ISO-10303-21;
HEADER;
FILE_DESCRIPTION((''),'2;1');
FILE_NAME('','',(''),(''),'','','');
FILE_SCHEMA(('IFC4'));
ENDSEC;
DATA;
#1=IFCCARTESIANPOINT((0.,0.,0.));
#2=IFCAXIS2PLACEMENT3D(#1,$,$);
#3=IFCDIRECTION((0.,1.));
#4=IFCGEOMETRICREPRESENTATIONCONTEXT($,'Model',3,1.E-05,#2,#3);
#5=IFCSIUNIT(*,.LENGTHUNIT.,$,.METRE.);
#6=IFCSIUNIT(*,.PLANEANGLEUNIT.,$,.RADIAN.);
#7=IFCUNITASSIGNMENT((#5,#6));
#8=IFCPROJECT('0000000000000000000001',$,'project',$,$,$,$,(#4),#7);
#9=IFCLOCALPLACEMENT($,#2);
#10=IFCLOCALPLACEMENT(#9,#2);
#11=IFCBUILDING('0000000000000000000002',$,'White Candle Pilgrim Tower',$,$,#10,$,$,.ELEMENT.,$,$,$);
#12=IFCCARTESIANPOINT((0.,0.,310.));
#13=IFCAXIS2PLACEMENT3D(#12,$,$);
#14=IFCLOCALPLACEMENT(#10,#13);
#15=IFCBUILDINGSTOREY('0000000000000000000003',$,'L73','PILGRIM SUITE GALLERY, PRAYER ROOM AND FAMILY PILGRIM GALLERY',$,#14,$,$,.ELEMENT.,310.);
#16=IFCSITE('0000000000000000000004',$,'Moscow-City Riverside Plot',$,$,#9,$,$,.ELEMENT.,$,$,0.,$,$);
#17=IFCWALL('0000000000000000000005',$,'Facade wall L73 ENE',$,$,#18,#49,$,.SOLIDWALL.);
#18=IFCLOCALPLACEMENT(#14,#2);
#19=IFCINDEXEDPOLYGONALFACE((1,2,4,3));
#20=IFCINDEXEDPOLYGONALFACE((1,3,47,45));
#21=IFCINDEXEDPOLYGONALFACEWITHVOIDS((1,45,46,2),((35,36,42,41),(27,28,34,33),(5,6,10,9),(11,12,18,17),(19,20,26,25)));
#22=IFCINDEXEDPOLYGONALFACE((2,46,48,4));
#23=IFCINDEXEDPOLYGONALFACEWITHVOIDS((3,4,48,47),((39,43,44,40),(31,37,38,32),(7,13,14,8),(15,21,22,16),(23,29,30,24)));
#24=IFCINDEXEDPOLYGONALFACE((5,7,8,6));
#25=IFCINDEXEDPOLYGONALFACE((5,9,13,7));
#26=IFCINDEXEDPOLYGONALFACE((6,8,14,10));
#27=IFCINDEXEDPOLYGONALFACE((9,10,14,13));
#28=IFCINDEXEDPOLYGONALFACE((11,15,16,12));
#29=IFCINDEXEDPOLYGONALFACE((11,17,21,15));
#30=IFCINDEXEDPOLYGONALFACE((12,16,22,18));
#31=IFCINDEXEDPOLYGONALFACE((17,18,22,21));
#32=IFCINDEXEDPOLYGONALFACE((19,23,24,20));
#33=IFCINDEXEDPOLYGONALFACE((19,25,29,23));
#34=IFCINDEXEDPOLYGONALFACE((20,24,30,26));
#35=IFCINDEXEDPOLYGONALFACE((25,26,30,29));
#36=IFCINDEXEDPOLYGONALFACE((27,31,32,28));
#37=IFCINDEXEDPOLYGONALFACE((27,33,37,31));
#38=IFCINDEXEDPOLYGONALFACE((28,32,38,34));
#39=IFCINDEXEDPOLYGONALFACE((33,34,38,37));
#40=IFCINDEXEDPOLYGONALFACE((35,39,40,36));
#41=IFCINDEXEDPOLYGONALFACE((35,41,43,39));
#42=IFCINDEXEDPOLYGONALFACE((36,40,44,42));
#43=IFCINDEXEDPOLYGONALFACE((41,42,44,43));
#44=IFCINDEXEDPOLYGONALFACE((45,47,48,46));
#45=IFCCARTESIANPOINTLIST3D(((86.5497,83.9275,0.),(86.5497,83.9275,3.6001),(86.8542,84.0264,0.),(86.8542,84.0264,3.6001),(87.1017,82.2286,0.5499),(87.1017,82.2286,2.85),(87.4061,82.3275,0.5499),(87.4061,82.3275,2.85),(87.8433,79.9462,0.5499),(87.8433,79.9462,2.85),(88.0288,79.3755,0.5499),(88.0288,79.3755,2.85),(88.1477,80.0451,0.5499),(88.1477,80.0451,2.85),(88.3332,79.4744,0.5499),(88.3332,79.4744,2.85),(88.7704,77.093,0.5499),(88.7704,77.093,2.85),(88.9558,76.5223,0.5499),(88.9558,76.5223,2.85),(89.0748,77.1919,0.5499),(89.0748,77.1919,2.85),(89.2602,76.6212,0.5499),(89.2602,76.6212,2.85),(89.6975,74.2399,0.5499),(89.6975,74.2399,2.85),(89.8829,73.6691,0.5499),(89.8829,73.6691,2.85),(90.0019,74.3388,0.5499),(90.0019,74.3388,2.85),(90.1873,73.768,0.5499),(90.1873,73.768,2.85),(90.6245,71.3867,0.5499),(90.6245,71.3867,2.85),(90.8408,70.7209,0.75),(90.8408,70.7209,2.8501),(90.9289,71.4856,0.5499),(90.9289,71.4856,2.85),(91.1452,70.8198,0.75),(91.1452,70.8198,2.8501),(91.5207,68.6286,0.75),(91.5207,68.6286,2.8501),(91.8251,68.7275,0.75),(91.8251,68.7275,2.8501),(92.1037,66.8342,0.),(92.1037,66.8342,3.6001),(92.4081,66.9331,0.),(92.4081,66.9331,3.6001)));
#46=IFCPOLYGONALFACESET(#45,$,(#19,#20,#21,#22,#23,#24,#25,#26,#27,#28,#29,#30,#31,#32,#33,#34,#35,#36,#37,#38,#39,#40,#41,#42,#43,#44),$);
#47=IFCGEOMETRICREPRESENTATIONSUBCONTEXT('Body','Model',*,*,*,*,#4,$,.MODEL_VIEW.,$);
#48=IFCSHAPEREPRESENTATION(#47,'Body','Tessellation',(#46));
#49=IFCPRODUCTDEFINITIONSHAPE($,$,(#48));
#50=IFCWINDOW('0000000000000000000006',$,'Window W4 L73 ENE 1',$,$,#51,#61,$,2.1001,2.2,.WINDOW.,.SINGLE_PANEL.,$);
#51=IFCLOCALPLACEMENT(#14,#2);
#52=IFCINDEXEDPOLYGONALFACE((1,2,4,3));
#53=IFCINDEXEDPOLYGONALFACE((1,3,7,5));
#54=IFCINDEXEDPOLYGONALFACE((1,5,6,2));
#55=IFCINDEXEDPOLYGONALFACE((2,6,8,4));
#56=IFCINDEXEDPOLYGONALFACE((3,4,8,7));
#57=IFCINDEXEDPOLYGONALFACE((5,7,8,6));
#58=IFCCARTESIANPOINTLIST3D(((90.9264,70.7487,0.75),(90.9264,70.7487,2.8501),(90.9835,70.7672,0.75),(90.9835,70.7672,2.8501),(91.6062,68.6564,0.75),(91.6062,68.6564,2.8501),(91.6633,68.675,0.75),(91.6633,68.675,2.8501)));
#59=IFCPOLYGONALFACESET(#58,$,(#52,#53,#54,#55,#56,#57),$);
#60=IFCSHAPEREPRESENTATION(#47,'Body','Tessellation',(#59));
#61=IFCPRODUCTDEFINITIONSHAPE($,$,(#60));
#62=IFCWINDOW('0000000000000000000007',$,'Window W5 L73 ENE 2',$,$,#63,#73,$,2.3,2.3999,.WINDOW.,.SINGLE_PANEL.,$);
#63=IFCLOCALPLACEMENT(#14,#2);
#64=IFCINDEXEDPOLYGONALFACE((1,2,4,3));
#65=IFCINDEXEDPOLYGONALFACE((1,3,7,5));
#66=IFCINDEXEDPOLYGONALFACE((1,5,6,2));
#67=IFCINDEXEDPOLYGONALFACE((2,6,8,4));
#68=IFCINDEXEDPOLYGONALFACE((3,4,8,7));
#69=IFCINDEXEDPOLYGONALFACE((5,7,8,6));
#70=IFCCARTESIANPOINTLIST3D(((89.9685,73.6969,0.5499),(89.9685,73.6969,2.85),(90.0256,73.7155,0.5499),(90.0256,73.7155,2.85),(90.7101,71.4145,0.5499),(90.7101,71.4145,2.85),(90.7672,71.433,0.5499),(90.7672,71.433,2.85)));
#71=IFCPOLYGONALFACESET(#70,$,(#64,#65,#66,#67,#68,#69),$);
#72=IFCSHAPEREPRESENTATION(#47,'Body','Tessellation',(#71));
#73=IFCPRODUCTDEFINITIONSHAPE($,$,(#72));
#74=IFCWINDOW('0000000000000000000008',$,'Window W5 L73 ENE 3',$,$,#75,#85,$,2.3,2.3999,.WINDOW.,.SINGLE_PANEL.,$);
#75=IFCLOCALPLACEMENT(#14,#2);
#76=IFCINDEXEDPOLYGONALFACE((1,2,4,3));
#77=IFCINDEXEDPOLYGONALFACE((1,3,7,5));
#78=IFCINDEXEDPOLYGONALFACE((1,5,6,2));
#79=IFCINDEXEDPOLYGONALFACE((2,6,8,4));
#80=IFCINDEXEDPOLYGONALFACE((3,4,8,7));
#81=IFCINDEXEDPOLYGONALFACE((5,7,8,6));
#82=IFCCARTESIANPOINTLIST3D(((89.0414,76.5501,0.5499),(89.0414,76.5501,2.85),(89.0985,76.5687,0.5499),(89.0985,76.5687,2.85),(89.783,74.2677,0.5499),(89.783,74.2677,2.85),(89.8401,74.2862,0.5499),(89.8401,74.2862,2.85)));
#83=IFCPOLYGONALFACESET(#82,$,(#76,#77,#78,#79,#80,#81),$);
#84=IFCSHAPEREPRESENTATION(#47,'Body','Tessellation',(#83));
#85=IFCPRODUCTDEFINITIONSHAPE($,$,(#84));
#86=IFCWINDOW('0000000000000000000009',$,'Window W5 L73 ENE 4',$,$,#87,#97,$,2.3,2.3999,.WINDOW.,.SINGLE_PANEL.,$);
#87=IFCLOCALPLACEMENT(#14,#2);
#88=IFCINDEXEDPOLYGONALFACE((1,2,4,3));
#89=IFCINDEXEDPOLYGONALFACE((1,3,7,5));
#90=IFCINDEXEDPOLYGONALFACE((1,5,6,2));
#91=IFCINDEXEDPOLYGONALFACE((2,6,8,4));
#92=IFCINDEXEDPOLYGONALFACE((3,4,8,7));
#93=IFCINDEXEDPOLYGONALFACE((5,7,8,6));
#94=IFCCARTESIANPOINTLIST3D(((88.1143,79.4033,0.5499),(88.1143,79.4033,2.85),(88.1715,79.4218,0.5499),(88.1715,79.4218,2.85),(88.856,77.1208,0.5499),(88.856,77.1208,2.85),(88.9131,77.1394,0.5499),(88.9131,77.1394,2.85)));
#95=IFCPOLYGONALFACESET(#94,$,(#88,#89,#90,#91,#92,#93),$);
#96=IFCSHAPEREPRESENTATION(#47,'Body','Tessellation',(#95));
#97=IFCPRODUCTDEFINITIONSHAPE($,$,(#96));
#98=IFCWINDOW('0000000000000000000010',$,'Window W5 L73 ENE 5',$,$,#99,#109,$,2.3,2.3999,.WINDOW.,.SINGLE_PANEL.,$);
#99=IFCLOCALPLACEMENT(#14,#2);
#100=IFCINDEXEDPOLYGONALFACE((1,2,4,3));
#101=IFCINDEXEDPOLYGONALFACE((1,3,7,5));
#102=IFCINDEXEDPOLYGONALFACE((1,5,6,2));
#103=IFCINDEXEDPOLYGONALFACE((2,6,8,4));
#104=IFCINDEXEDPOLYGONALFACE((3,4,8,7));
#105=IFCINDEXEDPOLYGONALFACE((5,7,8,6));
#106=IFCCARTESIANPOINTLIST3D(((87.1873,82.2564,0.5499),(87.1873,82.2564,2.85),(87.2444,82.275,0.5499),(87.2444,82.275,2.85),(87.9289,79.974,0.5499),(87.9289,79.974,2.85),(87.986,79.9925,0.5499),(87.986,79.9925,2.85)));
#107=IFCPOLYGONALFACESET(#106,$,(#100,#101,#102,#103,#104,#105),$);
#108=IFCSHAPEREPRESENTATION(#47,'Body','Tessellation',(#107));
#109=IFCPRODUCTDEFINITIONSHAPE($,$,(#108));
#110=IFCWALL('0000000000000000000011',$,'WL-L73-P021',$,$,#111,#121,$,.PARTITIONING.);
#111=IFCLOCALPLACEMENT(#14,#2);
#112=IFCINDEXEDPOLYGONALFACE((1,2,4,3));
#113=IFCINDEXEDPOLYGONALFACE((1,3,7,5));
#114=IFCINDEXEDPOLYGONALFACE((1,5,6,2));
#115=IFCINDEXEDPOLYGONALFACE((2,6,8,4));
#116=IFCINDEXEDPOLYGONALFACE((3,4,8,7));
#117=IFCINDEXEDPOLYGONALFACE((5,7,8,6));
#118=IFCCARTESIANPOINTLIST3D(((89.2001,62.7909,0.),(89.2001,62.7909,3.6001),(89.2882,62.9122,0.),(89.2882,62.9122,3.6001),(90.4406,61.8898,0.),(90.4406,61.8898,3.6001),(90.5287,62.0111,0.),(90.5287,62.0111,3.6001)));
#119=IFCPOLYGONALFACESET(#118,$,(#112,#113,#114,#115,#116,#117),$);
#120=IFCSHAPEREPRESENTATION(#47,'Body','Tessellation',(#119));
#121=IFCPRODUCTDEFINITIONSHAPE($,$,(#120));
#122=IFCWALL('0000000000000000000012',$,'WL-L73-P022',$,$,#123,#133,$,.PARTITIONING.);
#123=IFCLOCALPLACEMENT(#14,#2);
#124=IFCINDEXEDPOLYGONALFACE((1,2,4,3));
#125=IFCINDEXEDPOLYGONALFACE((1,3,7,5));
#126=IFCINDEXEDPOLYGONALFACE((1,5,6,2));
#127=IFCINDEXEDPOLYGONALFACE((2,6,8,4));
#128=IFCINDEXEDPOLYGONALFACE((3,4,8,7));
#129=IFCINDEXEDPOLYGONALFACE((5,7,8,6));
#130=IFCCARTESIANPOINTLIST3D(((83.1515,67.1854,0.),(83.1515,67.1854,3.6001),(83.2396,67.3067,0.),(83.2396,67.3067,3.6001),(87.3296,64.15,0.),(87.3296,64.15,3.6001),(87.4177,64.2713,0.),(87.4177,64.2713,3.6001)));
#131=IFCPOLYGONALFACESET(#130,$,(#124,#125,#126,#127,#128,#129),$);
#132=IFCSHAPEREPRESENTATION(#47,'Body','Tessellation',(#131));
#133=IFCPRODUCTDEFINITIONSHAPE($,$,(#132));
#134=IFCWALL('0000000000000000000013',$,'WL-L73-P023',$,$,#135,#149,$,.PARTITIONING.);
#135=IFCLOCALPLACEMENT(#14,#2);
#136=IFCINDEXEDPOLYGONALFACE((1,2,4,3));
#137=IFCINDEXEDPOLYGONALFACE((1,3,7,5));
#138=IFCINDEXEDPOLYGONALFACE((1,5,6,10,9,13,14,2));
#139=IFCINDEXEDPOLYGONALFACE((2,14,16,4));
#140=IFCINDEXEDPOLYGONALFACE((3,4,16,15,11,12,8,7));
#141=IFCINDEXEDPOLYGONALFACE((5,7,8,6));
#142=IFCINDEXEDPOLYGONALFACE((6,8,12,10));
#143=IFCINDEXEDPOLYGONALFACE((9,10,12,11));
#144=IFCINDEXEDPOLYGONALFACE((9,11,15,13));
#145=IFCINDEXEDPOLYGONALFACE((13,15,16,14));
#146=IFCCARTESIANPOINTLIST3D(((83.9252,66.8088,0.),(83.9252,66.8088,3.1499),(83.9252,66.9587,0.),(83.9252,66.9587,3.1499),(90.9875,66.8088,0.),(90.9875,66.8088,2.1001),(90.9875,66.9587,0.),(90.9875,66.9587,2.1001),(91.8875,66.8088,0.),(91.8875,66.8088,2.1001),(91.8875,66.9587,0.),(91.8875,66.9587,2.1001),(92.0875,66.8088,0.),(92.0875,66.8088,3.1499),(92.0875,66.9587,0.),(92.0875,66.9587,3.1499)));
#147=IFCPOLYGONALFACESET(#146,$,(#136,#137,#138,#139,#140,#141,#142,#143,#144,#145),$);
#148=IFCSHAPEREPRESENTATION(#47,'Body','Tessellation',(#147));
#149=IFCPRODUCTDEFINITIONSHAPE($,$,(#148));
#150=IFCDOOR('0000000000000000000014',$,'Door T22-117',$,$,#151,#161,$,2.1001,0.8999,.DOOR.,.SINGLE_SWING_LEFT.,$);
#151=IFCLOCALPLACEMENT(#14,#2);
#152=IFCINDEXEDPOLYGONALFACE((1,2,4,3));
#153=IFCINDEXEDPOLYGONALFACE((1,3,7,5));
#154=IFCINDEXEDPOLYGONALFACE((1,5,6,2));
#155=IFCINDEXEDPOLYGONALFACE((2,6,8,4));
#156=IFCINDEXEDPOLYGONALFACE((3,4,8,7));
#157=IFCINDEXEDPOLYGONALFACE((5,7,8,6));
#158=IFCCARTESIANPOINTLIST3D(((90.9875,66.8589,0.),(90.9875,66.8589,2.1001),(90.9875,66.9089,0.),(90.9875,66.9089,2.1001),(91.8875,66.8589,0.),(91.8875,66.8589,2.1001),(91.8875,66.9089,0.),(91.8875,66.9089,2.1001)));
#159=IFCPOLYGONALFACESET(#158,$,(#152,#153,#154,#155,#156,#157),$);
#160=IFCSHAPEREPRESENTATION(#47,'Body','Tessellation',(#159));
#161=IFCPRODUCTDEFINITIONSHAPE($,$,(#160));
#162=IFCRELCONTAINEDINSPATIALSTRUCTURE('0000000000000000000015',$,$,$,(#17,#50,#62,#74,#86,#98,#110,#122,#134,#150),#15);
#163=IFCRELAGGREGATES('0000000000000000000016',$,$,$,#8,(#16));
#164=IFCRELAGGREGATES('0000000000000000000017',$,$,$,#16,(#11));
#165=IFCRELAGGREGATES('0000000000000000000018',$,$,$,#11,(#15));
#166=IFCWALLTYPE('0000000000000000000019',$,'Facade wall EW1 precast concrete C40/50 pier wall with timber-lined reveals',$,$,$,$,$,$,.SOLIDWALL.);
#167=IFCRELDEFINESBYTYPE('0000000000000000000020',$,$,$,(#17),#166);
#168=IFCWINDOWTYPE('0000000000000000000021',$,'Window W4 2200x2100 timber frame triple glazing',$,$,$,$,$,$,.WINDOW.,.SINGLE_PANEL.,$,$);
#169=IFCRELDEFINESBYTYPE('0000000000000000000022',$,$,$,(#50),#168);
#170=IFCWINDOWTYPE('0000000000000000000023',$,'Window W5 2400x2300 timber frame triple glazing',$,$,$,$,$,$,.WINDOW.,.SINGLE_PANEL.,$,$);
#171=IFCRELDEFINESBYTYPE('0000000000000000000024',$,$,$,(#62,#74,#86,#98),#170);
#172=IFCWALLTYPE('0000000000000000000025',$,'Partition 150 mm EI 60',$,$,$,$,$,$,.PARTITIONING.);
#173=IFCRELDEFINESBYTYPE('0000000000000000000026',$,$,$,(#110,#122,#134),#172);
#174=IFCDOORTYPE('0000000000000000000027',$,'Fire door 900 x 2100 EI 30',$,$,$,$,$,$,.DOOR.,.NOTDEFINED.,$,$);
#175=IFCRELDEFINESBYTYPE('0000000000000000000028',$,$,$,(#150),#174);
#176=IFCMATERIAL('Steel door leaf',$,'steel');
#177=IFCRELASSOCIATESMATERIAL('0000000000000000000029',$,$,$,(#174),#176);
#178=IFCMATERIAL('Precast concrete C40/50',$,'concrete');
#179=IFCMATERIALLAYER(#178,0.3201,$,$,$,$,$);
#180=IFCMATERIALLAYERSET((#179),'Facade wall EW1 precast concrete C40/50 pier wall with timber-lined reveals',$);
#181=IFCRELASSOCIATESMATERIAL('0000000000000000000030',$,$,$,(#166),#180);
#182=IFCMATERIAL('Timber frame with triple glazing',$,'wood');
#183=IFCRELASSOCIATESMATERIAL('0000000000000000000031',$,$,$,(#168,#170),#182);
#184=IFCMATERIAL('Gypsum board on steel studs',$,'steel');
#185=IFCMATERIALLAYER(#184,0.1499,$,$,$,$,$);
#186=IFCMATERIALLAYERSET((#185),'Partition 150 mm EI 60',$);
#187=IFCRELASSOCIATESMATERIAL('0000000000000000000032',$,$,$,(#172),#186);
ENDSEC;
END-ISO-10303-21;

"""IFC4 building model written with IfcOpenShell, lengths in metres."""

from ifc_helpers import new_model, si_unit, direction, frame, frame_2d, origin, place, context, subcontext, project, spatial, rectangle, extrude, material, layer, layer_set, type_object, element, fill, save


model = new_model("IFC4")

# Units and contexts
model_context = context("Model", 3, precision=1e-05, world=origin(), true_north=direction((0.0, 1.0)))
body_context = subcontext(model_context, "Body", "Model", "MODEL_VIEW")
ifc_project = project(units=[si_unit("LENGTHUNIT", "METRE"), si_unit("PLANEANGLEUNIT", "RADIAN")], contexts=[model_context])

# Site, building, storey
site_placement = place(None, origin())
site = spatial("IfcSite", under=ifc_project, at=site_placement, Name="Moscow-City Riverside Plot", CompositionType="ELEMENT", RefElevation=0.0)
building_placement = place(site_placement, origin())
building = spatial("IfcBuilding", under=site, at=building_placement, Name="White Candle Pilgrim Tower", CompositionType="ELEMENT")
storey_placement = place(building_placement, frame((0.0, 0.0, 310.0)))
storey = spatial("IfcBuildingStorey", under=building, at=storey_placement, Name="L73", Description="PILGRIM SUITE GALLERY, PRAYER ROOM AND FAMILY PILGRIM GALLERY", CompositionType="ELEMENT", Elevation=310.0)

# Shared definitions
ifc_material_1 = material(Name="Gypsum board on steel studs", Category="steel")
ifc_material_2 = material(Name="Steel door leaf", Category="steel")
door_type = type_object("IfcDoorType", Name="Fire door 900 x 2100 EI 30", OperationType="NOTDEFINED", PredefinedType="DOOR", material=ifc_material_2)

# Shared definitions
ifc_material_3 = material(Name="Precast concrete C40/50", Category="concrete")
ifc_layer_1 = layer(ifc_material_3, 0.3201)
ifc_layer_set_1 = layer_set([ifc_layer_1], Name="Facade wall EW1 precast concrete C40/50 pier wall with timber-lined reveals")
wall_type_1 = type_object("IfcWallType", Name="Facade wall EW1 precast concrete C40/50 pier wall with timber-lined reveals", PredefinedType="SOLIDWALL", material=ifc_layer_set_1)

# Wall, openings, windows
wall_1_placement = place(storey_placement, frame((92.2559, 66.8838, 0.0), z_axis=(0.0, 0.0, 1.0), x_axis=(-0.309018, 0.951056, 0.0)))
wall_1 = element("IfcWall", 1, at=wall_1_placement, inside=storey, type_object=wall_type_1, Name="Facade wall L73 ENE", PredefinedType="SOLIDWALL", context=body_context, shape_type="SweptSolid", body=[
    extrude(rectangle(XDim=17.9729, YDim=0.3201, at=frame_2d((8.9863, 0.0))), origin(), (0.0, 0.0, 1.0), 3.6001),
])
opening_1_placement = place(wall_1_placement, frame((1.8865, 0.0, 0.75)))
opening_1 = element("IfcOpeningElement", 2, at=opening_1_placement, cuts=wall_1, PredefinedType="OPENING", context=body_context, shape_type="SweptSolid", body=[
    extrude(rectangle(XDim=2.2, YDim=2.1001, at=frame_2d((1.1001, 1.05))), frame((0.0, 0.1699, 0.0), z_axis=(0.0, -1.0, 0.0), x_axis=(1.0, 0.0, 0.0)), (0.0, 0.0, 1.0), 0.3401),
])
opening_2_placement = place(wall_1_placement, frame((4.7866, 0.0, 0.55)))
opening_2 = element("IfcOpeningElement", 3, at=opening_2_placement, cuts=wall_1, PredefinedType="OPENING", context=body_context, shape_type="SweptSolid", body=[
    extrude(rectangle(XDim=2.3999, YDim=2.3, at=frame_2d((1.2, 1.1499))), frame((0.0, 0.1699, 0.0), z_axis=(0.0, -1.0, 0.0), x_axis=(1.0, 0.0, 0.0)), (0.0, 0.0, 1.0), 0.3401),
])
opening_3_placement = place(wall_1_placement, frame((7.7866, 0.0, 0.55)))
opening_3 = element("IfcOpeningElement", 4, at=opening_3_placement, cuts=wall_1, PredefinedType="OPENING", context=body_context, shape_type="SweptSolid", body=[
    extrude(rectangle(XDim=2.3999, YDim=2.3, at=frame_2d((1.2, 1.1499))), frame((0.0, 0.1699, 0.0), z_axis=(0.0, -1.0, 0.0), x_axis=(1.0, 0.0, 0.0)), (0.0, 0.0, 1.0), 0.3401),
])
opening_4_placement = place(wall_1_placement, frame((10.7866, 0.0, 0.55)))
opening_4 = element("IfcOpeningElement", 5, at=opening_4_placement, cuts=wall_1, PredefinedType="OPENING", context=body_context, shape_type="SweptSolid", body=[
    extrude(rectangle(XDim=2.3999, YDim=2.3, at=frame_2d((1.2, 1.1499))), frame((0.0, 0.1699, 0.0), z_axis=(0.0, -1.0, 0.0), x_axis=(1.0, 0.0, 0.0)), (0.0, 0.0, 1.0), 0.3401),
])
opening_5_placement = place(wall_1_placement, frame((13.7866, 0.0, 0.55)))
opening_5 = element("IfcOpeningElement", 6, at=opening_5_placement, cuts=wall_1, PredefinedType="OPENING", context=body_context, shape_type="SweptSolid", body=[
    extrude(rectangle(XDim=2.3999, YDim=2.3, at=frame_2d((1.2, 1.1499))), frame((0.0, 0.1699, 0.0), z_axis=(0.0, -1.0, 0.0), x_axis=(1.0, 0.0, 0.0)), (0.0, 0.0, 1.0), 0.3401),
])
ifc_material_4 = material(Name="Timber frame with triple glazing", Category="wood")
window_type_1 = type_object("IfcWindowType", Name="Window W4 2200x2100 timber frame triple glazing", PartitioningType="SINGLE_PANEL", PredefinedType="WINDOW", material=ifc_material_4)
window_1_placement = place(opening_1_placement, origin())
window_1 = element("IfcWindow", 7, at=window_1_placement, inside=storey, type_object=window_type_1, Name="Window W4 L73 ENE 1", OverallHeight=2.1001, OverallWidth=2.2, PartitioningType="SINGLE_PANEL", PredefinedType="WINDOW", context=body_context, shape_type="SweptSolid", body=[
    extrude(rectangle(XDim=2.2, YDim=2.1001, at=frame_2d((1.1001, 1.05))), frame((0.0, 0.0701, 0.0), z_axis=(0.0, -1.0, 0.0), x_axis=(1.0, 0.0, 0.0)), (0.0, 0.0, 1.0), 0.0601),
])
fill(opening_1, window_1)
window_type_2 = type_object("IfcWindowType", Name="Window W5 2400x2300 timber frame triple glazing", PartitioningType="SINGLE_PANEL", PredefinedType="WINDOW", material=ifc_material_4)
window_2_placement = place(opening_2_placement, origin())
window_2 = element("IfcWindow", 8, at=window_2_placement, inside=storey, type_object=window_type_2, Name="Window W5 L73 ENE 2", OverallHeight=2.3, OverallWidth=2.3999, PartitioningType="SINGLE_PANEL", PredefinedType="WINDOW", context=body_context, shape_type="SweptSolid", body=[
    extrude(rectangle(XDim=2.3999, YDim=2.3, at=frame_2d((1.2, 1.1499))), frame((0.0, 0.0701, 0.0), z_axis=(0.0, -1.0, 0.0), x_axis=(1.0, 0.0, 0.0)), (0.0, 0.0, 1.0), 0.0601),
])
fill(opening_2, window_2)
window_3_placement = place(opening_3_placement, origin())
window_3 = element("IfcWindow", 9, at=window_3_placement, inside=storey, type_object=window_type_2, Name="Window W5 L73 ENE 3", OverallHeight=2.3, OverallWidth=2.3999, PartitioningType="SINGLE_PANEL", PredefinedType="WINDOW", context=body_context, shape_type="SweptSolid", body=[
    extrude(rectangle(XDim=2.3999, YDim=2.3, at=frame_2d((1.2, 1.1499))), frame((0.0, 0.0701, 0.0), z_axis=(0.0, -1.0, 0.0), x_axis=(1.0, 0.0, 0.0)), (0.0, 0.0, 1.0), 0.0601),
])
fill(opening_3, window_3)
window_4_placement = place(opening_4_placement, origin())
window_4 = element("IfcWindow", 10, at=window_4_placement, inside=storey, type_object=window_type_2, Name="Window W5 L73 ENE 4", OverallHeight=2.3, OverallWidth=2.3999, PartitioningType="SINGLE_PANEL", PredefinedType="WINDOW", context=body_context, shape_type="SweptSolid", body=[
    extrude(rectangle(XDim=2.3999, YDim=2.3, at=frame_2d((1.2, 1.1499))), frame((0.0, 0.0701, 0.0), z_axis=(0.0, -1.0, 0.0), x_axis=(1.0, 0.0, 0.0)), (0.0, 0.0, 1.0), 0.0601),
])
fill(opening_4, window_4)
window_5_placement = place(opening_5_placement, origin())
window_5 = element("IfcWindow", 11, at=window_5_placement, inside=storey, type_object=window_type_2, Name="Window W5 L73 ENE 5", OverallHeight=2.3, OverallWidth=2.3999, PartitioningType="SINGLE_PANEL", PredefinedType="WINDOW", context=body_context, shape_type="SweptSolid", body=[
    extrude(rectangle(XDim=2.3999, YDim=2.3, at=frame_2d((1.2, 1.1499))), frame((0.0, 0.0701, 0.0), z_axis=(0.0, -1.0, 0.0), x_axis=(1.0, 0.0, 0.0)), (0.0, 0.0, 1.0), 0.0601),
])
fill(opening_5, window_5)

# Walls
ifc_layer_2 = layer(ifc_material_1, 0.1499)
ifc_layer_set_2 = layer_set([ifc_layer_2], Name="Partition 150 mm EI 60")
wall_type_2 = type_object("IfcWallType", Name="Partition 150 mm EI 60", PredefinedType="PARTITIONING", material=ifc_layer_set_2)
wall_2_placement = place(storey_placement, frame((90.4846, 61.9504, 0.0), z_axis=(0.0, 0.0, 1.0), x_axis=(-0.80906, 0.587727, 0.0)))
element("IfcWall", 12, at=wall_2_placement, inside=storey, type_object=wall_type_2, Name="WL-L73-P021", PredefinedType="PARTITIONING", context=body_context, shape_type="SweptSolid", body=[
    extrude(rectangle(XDim=1.5332, YDim=0.1499, at=frame_2d((0.7666, 0.0))), origin(), (0.0, 0.0, 1.0), 3.6001),
])
wall_3_placement = place(storey_placement, frame((87.3735, 64.2107, 0.0), z_axis=(0.0, 0.0, 1.0), x_axis=(-0.809024, 0.587775, 0.0)))
element("IfcWall", 13, at=wall_3_placement, inside=storey, type_object=wall_type_2, Name="WL-L73-P022", PredefinedType="PARTITIONING", context=body_context, shape_type="SweptSolid", body=[
    extrude(rectangle(XDim=5.1643, YDim=0.1499, at=frame_2d((2.582, 0.0))), origin(), (0.0, 0.0, 1.0), 3.6001),
])

# Wall, opening, door
wall_4_placement = place(storey_placement, frame((92.0874, 66.8838, 0.0), z_axis=(0.0, 0.0, 1.0), x_axis=(-1.0, 0.0, 0.0)))
wall_4 = element("IfcWall", 14, at=wall_4_placement, inside=storey, type_object=wall_type_2, Name="WL-L73-P023", PredefinedType="PARTITIONING", context=body_context, shape_type="SweptSolid", body=[
    extrude(rectangle(XDim=8.1624, YDim=0.1499, at=frame_2d((4.0811, 0.0))), origin(), (0.0, 0.0, 1.0), 3.1499),
])
opening_6_placement = place(wall_4_placement, frame((0.2, 0.0, 0.0)))
opening_6 = element("IfcOpeningElement", 15, at=opening_6_placement, cuts=wall_4, PredefinedType="OPENING", context=body_context, shape_type="SweptSolid", body=[
    extrude(rectangle(XDim=0.8999, YDim=2.1001, at=frame_2d((0.45, 1.05))), frame((0.0, 0.085, 0.0), z_axis=(0.0, -1.0, 0.0), x_axis=(1.0, 0.0, 0.0)), (0.0, 0.0, 1.0), 0.1699),
])
door_1_placement = place(opening_6_placement, origin())
door_1 = element("IfcDoor", 16, at=door_1_placement, inside=storey, type_object=door_type, Name="Door T22-117", OperationType="SINGLE_SWING_LEFT", OverallHeight=2.1001, OverallWidth=0.8999, PredefinedType="DOOR", context=body_context, shape_type="SweptSolid", body=[
    extrude(rectangle(XDim=0.8999, YDim=2.1001, at=frame_2d((0.45, 1.05))), frame((0.0, 0.0249, 0.0), z_axis=(0.0, -1.0, 0.0), x_axis=(1.0, 0.0, 0.0)), (0.0, 0.0, 1.0), 0.05),
])
fill(opening_6, door_1)

save(model, "model.ifc")
